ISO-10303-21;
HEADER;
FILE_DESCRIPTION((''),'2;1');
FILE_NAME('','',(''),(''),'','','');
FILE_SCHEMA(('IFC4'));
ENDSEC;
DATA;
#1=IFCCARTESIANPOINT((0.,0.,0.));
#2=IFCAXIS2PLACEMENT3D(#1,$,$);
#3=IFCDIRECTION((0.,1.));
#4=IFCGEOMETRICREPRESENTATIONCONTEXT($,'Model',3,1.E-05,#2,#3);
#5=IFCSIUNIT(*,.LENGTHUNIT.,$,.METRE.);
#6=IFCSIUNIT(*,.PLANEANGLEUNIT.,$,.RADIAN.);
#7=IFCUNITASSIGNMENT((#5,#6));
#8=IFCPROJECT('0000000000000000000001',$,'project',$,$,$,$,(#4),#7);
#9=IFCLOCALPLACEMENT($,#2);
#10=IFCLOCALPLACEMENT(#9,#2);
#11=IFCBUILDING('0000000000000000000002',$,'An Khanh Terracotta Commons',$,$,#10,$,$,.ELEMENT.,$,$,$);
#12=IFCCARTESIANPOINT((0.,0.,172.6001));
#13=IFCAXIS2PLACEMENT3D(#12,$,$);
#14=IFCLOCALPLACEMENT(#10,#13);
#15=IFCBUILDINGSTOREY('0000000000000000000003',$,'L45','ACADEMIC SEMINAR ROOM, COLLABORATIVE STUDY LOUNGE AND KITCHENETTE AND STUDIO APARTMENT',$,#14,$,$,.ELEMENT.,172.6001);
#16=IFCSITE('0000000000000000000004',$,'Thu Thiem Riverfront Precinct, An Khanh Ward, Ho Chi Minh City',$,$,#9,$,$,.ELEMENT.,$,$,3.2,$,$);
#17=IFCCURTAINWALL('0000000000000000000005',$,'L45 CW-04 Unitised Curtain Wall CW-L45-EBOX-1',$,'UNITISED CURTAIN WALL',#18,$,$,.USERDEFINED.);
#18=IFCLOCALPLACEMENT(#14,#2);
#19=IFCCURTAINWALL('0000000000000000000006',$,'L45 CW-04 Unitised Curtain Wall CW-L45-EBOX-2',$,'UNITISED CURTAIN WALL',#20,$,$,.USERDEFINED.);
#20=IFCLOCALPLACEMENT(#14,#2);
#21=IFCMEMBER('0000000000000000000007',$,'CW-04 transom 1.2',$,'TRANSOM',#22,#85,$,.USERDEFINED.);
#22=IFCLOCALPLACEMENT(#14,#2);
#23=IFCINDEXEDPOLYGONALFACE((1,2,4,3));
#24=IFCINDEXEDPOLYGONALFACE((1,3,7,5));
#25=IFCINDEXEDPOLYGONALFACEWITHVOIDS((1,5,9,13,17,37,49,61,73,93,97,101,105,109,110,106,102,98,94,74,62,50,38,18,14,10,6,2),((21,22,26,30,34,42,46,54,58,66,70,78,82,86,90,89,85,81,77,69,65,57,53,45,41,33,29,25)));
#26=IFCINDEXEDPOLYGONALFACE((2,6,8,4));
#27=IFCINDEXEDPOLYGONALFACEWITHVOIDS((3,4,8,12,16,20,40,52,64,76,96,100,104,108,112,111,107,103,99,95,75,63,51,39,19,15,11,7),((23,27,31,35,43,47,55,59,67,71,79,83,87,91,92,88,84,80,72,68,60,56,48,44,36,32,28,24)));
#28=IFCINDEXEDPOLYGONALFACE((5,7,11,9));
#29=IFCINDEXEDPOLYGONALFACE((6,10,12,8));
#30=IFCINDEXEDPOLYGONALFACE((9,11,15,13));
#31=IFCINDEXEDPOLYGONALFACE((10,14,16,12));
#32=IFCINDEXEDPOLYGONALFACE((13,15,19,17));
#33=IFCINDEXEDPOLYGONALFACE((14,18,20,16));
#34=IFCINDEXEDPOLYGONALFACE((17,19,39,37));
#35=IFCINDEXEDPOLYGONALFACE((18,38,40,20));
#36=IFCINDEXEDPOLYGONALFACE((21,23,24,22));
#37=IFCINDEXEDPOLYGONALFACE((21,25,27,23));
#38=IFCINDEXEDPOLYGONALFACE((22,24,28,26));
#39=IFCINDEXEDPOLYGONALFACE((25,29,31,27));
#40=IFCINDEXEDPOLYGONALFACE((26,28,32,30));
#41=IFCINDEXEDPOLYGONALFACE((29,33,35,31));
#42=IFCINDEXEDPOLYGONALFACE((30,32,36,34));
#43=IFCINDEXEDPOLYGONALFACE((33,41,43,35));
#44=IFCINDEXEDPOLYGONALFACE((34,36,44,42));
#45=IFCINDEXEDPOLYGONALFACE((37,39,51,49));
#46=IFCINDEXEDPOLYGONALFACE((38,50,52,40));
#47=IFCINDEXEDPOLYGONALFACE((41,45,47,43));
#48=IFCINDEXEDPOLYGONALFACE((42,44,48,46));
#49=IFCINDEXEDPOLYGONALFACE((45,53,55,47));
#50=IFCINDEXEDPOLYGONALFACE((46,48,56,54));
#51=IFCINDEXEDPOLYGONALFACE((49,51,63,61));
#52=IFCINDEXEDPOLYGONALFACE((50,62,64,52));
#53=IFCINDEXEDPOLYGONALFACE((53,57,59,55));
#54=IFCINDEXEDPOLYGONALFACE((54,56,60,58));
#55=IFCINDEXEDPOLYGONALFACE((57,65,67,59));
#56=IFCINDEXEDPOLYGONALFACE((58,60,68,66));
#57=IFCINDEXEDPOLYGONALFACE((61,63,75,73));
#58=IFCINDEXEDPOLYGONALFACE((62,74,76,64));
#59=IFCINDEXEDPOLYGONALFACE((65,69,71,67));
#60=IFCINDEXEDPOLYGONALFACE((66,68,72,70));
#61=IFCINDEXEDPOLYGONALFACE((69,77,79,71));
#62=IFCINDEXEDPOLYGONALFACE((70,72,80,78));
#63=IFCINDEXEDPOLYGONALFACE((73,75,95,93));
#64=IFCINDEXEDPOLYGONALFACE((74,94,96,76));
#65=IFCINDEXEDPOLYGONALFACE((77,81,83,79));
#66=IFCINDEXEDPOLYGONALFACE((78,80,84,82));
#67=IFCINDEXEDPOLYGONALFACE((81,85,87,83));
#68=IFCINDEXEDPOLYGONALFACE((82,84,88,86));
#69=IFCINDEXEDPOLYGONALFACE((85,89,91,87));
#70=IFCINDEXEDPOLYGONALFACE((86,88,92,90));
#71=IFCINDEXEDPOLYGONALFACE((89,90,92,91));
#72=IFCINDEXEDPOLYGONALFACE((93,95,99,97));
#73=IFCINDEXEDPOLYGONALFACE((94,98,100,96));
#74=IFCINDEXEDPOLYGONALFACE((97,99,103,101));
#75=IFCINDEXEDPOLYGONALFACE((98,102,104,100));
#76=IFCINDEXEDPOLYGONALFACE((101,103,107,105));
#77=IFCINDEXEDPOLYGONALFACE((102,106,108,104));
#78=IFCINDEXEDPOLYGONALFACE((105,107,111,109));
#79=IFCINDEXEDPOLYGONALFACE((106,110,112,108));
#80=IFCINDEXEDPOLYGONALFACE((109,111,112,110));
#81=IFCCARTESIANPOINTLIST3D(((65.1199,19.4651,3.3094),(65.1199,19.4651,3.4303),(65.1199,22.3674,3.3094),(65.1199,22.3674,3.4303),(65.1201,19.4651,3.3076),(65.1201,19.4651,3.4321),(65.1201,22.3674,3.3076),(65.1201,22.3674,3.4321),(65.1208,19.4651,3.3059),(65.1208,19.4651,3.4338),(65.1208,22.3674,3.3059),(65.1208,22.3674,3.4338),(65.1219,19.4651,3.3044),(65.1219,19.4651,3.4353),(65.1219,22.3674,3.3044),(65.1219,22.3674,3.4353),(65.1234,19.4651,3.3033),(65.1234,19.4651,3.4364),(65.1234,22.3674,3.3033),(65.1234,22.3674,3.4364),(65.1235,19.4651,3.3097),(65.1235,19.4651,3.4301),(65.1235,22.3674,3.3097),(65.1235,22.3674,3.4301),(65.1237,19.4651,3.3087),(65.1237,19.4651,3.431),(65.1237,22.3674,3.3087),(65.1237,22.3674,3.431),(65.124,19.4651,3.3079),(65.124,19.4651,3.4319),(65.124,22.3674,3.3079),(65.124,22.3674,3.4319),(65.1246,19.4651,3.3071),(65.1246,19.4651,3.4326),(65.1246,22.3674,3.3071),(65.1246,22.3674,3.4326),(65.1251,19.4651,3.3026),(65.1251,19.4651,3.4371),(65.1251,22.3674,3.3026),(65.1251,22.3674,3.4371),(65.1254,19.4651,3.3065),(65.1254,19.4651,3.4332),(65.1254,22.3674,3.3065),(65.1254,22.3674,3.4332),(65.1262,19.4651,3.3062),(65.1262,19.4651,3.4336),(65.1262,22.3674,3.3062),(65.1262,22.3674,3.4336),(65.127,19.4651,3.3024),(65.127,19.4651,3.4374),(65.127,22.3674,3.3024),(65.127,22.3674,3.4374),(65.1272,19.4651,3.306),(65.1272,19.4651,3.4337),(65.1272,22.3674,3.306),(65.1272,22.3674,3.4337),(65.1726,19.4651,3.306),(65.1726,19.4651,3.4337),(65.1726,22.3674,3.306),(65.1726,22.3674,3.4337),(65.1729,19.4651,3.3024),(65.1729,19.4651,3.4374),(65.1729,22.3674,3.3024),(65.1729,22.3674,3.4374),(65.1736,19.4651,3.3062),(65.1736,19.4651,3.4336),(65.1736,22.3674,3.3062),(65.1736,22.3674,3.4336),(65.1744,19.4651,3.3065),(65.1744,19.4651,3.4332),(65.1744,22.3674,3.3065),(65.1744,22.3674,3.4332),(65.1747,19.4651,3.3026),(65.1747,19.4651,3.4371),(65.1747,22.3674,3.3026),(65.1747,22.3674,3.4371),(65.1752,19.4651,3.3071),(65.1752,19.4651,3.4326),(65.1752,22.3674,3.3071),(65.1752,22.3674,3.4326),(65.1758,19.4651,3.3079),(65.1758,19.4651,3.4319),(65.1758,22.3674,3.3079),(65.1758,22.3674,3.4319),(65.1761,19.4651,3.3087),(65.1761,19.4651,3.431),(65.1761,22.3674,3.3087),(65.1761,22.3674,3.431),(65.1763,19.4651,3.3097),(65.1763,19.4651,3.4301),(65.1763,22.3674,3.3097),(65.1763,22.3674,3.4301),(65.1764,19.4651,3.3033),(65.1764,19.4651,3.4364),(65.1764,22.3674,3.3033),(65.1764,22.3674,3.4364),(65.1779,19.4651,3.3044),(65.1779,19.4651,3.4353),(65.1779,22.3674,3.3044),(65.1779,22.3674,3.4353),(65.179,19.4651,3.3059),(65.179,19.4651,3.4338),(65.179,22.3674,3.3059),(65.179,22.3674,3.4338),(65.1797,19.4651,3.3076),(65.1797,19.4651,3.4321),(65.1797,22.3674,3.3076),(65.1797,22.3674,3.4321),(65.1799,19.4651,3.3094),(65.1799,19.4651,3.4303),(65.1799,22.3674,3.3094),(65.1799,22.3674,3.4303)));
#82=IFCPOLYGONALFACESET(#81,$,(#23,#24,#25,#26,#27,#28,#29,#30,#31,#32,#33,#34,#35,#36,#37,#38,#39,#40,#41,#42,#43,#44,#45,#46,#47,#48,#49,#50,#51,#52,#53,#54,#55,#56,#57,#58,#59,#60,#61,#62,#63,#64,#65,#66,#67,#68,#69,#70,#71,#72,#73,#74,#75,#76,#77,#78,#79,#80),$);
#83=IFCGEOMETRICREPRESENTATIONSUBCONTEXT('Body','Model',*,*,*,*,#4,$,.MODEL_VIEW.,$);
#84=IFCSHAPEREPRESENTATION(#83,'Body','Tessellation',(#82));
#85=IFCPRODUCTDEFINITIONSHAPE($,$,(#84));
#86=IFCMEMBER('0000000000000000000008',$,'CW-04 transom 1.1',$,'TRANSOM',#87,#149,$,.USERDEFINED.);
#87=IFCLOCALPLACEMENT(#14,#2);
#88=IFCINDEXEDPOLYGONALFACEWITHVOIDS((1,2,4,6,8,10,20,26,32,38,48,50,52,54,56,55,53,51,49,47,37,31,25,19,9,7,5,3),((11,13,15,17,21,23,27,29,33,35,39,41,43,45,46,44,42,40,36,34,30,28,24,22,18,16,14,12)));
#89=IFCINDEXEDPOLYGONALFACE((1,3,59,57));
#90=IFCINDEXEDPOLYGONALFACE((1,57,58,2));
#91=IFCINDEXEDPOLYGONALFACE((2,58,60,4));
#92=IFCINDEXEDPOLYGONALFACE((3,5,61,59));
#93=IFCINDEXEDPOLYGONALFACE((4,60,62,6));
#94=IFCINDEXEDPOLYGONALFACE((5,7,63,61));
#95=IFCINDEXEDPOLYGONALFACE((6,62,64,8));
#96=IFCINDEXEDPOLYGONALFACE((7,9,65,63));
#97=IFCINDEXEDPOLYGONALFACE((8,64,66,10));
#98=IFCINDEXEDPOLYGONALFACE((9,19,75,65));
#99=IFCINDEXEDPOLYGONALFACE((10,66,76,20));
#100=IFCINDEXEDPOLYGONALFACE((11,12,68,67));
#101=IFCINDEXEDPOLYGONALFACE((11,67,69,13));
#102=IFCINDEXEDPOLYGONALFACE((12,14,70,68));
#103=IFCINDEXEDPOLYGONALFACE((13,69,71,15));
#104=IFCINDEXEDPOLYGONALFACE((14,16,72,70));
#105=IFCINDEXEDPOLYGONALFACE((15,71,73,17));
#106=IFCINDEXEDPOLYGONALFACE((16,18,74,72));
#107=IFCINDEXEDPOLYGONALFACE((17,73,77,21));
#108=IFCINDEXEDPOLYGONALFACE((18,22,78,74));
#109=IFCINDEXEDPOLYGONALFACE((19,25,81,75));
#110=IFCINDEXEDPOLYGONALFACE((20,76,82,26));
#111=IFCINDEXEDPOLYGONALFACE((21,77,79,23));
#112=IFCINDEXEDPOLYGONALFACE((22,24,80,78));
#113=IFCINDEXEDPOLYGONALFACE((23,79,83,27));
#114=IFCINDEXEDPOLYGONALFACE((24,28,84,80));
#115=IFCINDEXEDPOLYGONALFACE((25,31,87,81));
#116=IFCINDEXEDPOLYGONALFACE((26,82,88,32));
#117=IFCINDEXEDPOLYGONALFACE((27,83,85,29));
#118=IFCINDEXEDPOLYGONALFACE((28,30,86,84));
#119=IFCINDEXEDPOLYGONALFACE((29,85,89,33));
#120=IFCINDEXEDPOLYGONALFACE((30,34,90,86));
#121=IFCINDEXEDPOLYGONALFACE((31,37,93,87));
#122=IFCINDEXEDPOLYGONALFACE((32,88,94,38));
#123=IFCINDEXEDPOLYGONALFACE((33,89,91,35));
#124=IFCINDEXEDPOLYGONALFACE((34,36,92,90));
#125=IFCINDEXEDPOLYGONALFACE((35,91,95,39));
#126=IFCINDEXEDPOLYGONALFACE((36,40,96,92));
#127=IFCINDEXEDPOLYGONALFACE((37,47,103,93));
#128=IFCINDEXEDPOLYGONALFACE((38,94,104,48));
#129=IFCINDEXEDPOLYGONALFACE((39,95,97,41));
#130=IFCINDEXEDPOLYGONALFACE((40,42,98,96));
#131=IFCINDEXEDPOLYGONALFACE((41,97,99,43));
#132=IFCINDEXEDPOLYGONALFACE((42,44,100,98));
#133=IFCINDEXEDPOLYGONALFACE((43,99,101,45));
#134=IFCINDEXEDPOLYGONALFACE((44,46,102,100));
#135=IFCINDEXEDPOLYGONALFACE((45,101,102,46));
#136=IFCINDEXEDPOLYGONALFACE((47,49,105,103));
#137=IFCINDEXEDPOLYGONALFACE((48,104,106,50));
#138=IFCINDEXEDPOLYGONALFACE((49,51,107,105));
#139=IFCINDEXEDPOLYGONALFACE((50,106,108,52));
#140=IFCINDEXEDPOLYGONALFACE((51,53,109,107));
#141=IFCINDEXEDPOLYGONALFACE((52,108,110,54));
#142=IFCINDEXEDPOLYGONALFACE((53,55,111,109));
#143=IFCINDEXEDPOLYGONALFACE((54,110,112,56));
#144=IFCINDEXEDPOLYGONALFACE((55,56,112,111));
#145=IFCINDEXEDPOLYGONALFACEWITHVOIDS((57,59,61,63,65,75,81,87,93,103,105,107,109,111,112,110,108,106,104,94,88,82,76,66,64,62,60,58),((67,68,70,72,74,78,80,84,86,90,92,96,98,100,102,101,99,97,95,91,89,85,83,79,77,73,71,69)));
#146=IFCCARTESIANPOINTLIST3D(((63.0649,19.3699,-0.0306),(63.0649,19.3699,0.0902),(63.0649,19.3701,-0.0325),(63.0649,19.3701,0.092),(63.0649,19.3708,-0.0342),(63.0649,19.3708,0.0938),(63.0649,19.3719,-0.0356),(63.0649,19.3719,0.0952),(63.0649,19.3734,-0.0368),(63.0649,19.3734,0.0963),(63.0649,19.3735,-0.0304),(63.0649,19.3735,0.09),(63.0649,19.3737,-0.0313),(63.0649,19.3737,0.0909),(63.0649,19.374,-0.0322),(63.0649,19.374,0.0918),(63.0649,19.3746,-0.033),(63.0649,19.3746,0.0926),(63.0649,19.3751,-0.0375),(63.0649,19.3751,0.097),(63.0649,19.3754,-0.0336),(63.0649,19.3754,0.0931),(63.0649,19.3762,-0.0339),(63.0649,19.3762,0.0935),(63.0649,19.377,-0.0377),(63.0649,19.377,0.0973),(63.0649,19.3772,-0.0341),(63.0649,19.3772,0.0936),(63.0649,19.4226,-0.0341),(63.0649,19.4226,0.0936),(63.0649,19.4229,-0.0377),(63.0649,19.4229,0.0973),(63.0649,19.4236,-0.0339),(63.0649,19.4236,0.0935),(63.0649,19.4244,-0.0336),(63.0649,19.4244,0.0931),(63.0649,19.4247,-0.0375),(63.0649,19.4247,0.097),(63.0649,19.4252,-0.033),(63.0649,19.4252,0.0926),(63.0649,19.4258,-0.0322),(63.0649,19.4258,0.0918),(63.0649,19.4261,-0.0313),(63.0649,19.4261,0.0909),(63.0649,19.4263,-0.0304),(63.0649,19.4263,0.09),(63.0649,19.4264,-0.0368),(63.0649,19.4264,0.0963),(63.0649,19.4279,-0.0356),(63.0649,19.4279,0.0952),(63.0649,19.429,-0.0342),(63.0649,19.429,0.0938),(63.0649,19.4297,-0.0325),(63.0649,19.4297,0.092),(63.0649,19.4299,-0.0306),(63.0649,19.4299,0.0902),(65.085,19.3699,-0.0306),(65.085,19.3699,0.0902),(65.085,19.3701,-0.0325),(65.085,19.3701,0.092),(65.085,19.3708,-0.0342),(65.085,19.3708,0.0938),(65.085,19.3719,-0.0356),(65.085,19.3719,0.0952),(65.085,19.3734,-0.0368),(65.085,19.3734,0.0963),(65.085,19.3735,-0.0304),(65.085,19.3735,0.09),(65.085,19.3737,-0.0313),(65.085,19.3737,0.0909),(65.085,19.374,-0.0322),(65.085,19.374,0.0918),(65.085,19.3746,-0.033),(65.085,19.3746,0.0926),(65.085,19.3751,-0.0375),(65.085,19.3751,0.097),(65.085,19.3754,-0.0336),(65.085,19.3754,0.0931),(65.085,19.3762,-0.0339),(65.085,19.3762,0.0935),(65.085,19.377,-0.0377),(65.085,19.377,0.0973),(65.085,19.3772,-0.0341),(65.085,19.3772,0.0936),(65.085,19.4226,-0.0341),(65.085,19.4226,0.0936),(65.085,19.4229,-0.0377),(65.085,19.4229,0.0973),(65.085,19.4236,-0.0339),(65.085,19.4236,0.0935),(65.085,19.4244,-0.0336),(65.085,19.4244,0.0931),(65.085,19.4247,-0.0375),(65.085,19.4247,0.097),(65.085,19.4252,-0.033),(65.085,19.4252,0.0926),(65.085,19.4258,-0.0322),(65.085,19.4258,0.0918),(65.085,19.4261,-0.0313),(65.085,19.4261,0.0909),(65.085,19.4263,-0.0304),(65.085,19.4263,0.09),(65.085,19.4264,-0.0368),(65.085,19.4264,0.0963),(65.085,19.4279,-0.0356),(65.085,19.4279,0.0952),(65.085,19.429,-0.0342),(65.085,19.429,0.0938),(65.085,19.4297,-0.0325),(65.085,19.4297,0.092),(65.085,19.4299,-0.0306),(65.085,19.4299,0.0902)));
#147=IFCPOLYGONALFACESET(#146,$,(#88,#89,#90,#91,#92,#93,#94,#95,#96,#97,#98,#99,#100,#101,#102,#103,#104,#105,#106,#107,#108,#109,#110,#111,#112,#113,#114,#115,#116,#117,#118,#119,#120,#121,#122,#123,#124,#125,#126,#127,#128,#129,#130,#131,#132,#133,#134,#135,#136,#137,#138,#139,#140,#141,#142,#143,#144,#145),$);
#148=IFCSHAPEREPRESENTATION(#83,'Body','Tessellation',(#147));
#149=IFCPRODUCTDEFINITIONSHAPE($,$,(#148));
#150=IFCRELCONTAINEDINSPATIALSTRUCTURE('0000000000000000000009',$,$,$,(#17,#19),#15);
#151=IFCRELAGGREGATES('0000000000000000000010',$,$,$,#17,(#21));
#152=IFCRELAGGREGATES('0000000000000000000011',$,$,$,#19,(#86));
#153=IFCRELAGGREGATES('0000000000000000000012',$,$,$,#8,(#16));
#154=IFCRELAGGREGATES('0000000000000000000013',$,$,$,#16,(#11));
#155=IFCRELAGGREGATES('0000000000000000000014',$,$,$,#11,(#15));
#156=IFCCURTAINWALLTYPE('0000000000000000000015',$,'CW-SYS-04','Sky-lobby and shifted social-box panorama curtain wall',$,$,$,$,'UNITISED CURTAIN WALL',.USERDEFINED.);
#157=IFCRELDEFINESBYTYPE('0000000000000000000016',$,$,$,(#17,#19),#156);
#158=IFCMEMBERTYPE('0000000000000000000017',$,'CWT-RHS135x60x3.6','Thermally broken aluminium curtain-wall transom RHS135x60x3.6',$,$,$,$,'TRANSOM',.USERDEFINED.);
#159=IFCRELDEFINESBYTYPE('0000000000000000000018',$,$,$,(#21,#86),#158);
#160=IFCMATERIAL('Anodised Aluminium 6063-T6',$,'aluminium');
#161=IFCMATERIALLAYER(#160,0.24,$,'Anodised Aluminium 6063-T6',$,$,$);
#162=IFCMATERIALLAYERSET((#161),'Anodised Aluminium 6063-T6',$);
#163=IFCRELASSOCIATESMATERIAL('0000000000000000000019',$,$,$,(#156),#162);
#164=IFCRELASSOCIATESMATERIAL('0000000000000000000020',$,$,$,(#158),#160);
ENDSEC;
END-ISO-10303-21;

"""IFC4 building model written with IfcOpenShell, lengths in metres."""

from ifc_helpers import new_model, si_unit, direction, frame, origin, origin_2d, place, context, subcontext, project, spatial, hollow_rectangle, extrude, material, layer, layer_set, material_profile, profile_set, type_object, element, aggregate, save


model = new_model("IFC4")

# Units and contexts
model_context = context("Model", 3, precision=1e-05, world=origin(), true_north=direction((0.0, 1.0)))
body_context = subcontext(model_context, "Body", "Model", "MODEL_VIEW")
ifc_project = project(units=[si_unit("LENGTHUNIT", "METRE"), si_unit("PLANEANGLEUNIT", "RADIAN")], contexts=[model_context])

# Site, building, storey
site_placement = place(None, origin())
site = spatial("IfcSite", under=ifc_project, at=site_placement, Name="Thu Thiem Riverfront Precinct, An Khanh Ward, Ho Chi Minh City", CompositionType="ELEMENT", RefElevation=3.2)
building_placement = place(site_placement, origin())
building = spatial("IfcBuilding", under=site, at=building_placement, Name="An Khanh Terracotta Commons", CompositionType="ELEMENT")
storey_placement = place(building_placement, frame((0.0, 0.0, 172.6001)))
storey = spatial("IfcBuildingStorey", under=building, at=storey_placement, Name="L45", Description="ACADEMIC SEMINAR ROOM, COLLABORATIVE STUDY LOUNGE AND KITCHENETTE AND STUDIO APARTMENT", CompositionType="ELEMENT", Elevation=172.6001)

# Curtain walls
ifc_material_1 = material(Name="Anodised Aluminium 6063-T6", Category="aluminium")
ifc_layer_1 = layer(ifc_material_1, 0.24, Name="Anodised Aluminium 6063-T6")
ifc_layer_set_1 = layer_set([ifc_layer_1], Name="Anodised Aluminium 6063-T6")
curtain_wall_type_1 = type_object("IfcCurtainWallType", Name="CW-SYS-04", Description="Sky-lobby and shifted social-box panorama curtain wall", ElementType="UNITISED CURTAIN WALL", PredefinedType="USERDEFINED", material=ifc_layer_set_1)
curtain_wall_1_placement = place(storey_placement, origin())
curtain_wall_1 = element("IfcCurtainWall", 1, at=curtain_wall_1_placement, inside=storey, type_object=curtain_wall_type_1, Name="L45 CW-04 Unitised Curtain Wall CW-L45-EBOX-1", ObjectType="UNITISED CURTAIN WALL", PredefinedType="USERDEFINED")
curtain_wall_2_placement = place(storey_placement, origin())
curtain_wall_2 = element("IfcCurtainWall", 2, at=curtain_wall_2_placement, inside=storey, type_object=curtain_wall_type_1, Name="L45 CW-04 Unitised Curtain Wall CW-L45-EBOX-2", ObjectType="UNITISED CURTAIN WALL", PredefinedType="USERDEFINED")

# Members
ifc_material_profile_1 = material_profile(ifc_material_1, hollow_rectangle(XDim=0.0601, YDim=0.135, WallThickness=0.0037, InnerFilletRadius=0.0037, OuterFilletRadius=0.0071, at=origin_2d()), Name="RHS135x60x3.6")
ifc_profile_set_1 = profile_set([ifc_material_profile_1], Name="Anodised Aluminium 6063-T6")
member_type_1 = type_object("IfcMemberType", Name="CWT-RHS135x60x3.6", Description="Thermally broken aluminium curtain-wall transom RHS135x60x3.6", ElementType="TRANSOM", PredefinedType="USERDEFINED", material=ifc_profile_set_1)
member_1_placement = place(storey_placement, frame((65.1499, 19.4651, 3.3699), z_axis=(0.0, 1.0, 0.0), x_axis=(-1.0, 0.0, 0.0)))
member_1 = element("IfcMember", 3, at=member_1_placement, type_object=member_type_1, Name="CW-04 transom 1.2", ObjectType="TRANSOM", PredefinedType="USERDEFINED", context=body_context, shape_type="SweptSolid", body=[
    extrude(hollow_rectangle(XDim=0.0601, YDim=0.135, WallThickness=0.0037, InnerFilletRadius=0.0037, OuterFilletRadius=0.0071, at=origin_2d()), origin(), (0.0, 0.0, 1.0), 2.9023),
])
member_2_placement = place(storey_placement, frame((63.0649, 19.3999, 0.0298), z_axis=(1.0, 0.0, 0.0), x_axis=(0.0, 1.0, 0.0)))
member_2 = element("IfcMember", 4, at=member_2_placement, type_object=member_type_1, Name="CW-04 transom 1.1", ObjectType="TRANSOM", PredefinedType="USERDEFINED", context=body_context, shape_type="SweptSolid", body=[
    extrude(hollow_rectangle(XDim=0.0601, YDim=0.135, WallThickness=0.0037, InnerFilletRadius=0.0037, OuterFilletRadius=0.0071, at=origin_2d()), origin(), (0.0, 0.0, 1.0), 2.02),
])

aggregate(curtain_wall_1, [member_1])
aggregate(curtain_wall_2, [member_2])

save(model, "model.ifc")
